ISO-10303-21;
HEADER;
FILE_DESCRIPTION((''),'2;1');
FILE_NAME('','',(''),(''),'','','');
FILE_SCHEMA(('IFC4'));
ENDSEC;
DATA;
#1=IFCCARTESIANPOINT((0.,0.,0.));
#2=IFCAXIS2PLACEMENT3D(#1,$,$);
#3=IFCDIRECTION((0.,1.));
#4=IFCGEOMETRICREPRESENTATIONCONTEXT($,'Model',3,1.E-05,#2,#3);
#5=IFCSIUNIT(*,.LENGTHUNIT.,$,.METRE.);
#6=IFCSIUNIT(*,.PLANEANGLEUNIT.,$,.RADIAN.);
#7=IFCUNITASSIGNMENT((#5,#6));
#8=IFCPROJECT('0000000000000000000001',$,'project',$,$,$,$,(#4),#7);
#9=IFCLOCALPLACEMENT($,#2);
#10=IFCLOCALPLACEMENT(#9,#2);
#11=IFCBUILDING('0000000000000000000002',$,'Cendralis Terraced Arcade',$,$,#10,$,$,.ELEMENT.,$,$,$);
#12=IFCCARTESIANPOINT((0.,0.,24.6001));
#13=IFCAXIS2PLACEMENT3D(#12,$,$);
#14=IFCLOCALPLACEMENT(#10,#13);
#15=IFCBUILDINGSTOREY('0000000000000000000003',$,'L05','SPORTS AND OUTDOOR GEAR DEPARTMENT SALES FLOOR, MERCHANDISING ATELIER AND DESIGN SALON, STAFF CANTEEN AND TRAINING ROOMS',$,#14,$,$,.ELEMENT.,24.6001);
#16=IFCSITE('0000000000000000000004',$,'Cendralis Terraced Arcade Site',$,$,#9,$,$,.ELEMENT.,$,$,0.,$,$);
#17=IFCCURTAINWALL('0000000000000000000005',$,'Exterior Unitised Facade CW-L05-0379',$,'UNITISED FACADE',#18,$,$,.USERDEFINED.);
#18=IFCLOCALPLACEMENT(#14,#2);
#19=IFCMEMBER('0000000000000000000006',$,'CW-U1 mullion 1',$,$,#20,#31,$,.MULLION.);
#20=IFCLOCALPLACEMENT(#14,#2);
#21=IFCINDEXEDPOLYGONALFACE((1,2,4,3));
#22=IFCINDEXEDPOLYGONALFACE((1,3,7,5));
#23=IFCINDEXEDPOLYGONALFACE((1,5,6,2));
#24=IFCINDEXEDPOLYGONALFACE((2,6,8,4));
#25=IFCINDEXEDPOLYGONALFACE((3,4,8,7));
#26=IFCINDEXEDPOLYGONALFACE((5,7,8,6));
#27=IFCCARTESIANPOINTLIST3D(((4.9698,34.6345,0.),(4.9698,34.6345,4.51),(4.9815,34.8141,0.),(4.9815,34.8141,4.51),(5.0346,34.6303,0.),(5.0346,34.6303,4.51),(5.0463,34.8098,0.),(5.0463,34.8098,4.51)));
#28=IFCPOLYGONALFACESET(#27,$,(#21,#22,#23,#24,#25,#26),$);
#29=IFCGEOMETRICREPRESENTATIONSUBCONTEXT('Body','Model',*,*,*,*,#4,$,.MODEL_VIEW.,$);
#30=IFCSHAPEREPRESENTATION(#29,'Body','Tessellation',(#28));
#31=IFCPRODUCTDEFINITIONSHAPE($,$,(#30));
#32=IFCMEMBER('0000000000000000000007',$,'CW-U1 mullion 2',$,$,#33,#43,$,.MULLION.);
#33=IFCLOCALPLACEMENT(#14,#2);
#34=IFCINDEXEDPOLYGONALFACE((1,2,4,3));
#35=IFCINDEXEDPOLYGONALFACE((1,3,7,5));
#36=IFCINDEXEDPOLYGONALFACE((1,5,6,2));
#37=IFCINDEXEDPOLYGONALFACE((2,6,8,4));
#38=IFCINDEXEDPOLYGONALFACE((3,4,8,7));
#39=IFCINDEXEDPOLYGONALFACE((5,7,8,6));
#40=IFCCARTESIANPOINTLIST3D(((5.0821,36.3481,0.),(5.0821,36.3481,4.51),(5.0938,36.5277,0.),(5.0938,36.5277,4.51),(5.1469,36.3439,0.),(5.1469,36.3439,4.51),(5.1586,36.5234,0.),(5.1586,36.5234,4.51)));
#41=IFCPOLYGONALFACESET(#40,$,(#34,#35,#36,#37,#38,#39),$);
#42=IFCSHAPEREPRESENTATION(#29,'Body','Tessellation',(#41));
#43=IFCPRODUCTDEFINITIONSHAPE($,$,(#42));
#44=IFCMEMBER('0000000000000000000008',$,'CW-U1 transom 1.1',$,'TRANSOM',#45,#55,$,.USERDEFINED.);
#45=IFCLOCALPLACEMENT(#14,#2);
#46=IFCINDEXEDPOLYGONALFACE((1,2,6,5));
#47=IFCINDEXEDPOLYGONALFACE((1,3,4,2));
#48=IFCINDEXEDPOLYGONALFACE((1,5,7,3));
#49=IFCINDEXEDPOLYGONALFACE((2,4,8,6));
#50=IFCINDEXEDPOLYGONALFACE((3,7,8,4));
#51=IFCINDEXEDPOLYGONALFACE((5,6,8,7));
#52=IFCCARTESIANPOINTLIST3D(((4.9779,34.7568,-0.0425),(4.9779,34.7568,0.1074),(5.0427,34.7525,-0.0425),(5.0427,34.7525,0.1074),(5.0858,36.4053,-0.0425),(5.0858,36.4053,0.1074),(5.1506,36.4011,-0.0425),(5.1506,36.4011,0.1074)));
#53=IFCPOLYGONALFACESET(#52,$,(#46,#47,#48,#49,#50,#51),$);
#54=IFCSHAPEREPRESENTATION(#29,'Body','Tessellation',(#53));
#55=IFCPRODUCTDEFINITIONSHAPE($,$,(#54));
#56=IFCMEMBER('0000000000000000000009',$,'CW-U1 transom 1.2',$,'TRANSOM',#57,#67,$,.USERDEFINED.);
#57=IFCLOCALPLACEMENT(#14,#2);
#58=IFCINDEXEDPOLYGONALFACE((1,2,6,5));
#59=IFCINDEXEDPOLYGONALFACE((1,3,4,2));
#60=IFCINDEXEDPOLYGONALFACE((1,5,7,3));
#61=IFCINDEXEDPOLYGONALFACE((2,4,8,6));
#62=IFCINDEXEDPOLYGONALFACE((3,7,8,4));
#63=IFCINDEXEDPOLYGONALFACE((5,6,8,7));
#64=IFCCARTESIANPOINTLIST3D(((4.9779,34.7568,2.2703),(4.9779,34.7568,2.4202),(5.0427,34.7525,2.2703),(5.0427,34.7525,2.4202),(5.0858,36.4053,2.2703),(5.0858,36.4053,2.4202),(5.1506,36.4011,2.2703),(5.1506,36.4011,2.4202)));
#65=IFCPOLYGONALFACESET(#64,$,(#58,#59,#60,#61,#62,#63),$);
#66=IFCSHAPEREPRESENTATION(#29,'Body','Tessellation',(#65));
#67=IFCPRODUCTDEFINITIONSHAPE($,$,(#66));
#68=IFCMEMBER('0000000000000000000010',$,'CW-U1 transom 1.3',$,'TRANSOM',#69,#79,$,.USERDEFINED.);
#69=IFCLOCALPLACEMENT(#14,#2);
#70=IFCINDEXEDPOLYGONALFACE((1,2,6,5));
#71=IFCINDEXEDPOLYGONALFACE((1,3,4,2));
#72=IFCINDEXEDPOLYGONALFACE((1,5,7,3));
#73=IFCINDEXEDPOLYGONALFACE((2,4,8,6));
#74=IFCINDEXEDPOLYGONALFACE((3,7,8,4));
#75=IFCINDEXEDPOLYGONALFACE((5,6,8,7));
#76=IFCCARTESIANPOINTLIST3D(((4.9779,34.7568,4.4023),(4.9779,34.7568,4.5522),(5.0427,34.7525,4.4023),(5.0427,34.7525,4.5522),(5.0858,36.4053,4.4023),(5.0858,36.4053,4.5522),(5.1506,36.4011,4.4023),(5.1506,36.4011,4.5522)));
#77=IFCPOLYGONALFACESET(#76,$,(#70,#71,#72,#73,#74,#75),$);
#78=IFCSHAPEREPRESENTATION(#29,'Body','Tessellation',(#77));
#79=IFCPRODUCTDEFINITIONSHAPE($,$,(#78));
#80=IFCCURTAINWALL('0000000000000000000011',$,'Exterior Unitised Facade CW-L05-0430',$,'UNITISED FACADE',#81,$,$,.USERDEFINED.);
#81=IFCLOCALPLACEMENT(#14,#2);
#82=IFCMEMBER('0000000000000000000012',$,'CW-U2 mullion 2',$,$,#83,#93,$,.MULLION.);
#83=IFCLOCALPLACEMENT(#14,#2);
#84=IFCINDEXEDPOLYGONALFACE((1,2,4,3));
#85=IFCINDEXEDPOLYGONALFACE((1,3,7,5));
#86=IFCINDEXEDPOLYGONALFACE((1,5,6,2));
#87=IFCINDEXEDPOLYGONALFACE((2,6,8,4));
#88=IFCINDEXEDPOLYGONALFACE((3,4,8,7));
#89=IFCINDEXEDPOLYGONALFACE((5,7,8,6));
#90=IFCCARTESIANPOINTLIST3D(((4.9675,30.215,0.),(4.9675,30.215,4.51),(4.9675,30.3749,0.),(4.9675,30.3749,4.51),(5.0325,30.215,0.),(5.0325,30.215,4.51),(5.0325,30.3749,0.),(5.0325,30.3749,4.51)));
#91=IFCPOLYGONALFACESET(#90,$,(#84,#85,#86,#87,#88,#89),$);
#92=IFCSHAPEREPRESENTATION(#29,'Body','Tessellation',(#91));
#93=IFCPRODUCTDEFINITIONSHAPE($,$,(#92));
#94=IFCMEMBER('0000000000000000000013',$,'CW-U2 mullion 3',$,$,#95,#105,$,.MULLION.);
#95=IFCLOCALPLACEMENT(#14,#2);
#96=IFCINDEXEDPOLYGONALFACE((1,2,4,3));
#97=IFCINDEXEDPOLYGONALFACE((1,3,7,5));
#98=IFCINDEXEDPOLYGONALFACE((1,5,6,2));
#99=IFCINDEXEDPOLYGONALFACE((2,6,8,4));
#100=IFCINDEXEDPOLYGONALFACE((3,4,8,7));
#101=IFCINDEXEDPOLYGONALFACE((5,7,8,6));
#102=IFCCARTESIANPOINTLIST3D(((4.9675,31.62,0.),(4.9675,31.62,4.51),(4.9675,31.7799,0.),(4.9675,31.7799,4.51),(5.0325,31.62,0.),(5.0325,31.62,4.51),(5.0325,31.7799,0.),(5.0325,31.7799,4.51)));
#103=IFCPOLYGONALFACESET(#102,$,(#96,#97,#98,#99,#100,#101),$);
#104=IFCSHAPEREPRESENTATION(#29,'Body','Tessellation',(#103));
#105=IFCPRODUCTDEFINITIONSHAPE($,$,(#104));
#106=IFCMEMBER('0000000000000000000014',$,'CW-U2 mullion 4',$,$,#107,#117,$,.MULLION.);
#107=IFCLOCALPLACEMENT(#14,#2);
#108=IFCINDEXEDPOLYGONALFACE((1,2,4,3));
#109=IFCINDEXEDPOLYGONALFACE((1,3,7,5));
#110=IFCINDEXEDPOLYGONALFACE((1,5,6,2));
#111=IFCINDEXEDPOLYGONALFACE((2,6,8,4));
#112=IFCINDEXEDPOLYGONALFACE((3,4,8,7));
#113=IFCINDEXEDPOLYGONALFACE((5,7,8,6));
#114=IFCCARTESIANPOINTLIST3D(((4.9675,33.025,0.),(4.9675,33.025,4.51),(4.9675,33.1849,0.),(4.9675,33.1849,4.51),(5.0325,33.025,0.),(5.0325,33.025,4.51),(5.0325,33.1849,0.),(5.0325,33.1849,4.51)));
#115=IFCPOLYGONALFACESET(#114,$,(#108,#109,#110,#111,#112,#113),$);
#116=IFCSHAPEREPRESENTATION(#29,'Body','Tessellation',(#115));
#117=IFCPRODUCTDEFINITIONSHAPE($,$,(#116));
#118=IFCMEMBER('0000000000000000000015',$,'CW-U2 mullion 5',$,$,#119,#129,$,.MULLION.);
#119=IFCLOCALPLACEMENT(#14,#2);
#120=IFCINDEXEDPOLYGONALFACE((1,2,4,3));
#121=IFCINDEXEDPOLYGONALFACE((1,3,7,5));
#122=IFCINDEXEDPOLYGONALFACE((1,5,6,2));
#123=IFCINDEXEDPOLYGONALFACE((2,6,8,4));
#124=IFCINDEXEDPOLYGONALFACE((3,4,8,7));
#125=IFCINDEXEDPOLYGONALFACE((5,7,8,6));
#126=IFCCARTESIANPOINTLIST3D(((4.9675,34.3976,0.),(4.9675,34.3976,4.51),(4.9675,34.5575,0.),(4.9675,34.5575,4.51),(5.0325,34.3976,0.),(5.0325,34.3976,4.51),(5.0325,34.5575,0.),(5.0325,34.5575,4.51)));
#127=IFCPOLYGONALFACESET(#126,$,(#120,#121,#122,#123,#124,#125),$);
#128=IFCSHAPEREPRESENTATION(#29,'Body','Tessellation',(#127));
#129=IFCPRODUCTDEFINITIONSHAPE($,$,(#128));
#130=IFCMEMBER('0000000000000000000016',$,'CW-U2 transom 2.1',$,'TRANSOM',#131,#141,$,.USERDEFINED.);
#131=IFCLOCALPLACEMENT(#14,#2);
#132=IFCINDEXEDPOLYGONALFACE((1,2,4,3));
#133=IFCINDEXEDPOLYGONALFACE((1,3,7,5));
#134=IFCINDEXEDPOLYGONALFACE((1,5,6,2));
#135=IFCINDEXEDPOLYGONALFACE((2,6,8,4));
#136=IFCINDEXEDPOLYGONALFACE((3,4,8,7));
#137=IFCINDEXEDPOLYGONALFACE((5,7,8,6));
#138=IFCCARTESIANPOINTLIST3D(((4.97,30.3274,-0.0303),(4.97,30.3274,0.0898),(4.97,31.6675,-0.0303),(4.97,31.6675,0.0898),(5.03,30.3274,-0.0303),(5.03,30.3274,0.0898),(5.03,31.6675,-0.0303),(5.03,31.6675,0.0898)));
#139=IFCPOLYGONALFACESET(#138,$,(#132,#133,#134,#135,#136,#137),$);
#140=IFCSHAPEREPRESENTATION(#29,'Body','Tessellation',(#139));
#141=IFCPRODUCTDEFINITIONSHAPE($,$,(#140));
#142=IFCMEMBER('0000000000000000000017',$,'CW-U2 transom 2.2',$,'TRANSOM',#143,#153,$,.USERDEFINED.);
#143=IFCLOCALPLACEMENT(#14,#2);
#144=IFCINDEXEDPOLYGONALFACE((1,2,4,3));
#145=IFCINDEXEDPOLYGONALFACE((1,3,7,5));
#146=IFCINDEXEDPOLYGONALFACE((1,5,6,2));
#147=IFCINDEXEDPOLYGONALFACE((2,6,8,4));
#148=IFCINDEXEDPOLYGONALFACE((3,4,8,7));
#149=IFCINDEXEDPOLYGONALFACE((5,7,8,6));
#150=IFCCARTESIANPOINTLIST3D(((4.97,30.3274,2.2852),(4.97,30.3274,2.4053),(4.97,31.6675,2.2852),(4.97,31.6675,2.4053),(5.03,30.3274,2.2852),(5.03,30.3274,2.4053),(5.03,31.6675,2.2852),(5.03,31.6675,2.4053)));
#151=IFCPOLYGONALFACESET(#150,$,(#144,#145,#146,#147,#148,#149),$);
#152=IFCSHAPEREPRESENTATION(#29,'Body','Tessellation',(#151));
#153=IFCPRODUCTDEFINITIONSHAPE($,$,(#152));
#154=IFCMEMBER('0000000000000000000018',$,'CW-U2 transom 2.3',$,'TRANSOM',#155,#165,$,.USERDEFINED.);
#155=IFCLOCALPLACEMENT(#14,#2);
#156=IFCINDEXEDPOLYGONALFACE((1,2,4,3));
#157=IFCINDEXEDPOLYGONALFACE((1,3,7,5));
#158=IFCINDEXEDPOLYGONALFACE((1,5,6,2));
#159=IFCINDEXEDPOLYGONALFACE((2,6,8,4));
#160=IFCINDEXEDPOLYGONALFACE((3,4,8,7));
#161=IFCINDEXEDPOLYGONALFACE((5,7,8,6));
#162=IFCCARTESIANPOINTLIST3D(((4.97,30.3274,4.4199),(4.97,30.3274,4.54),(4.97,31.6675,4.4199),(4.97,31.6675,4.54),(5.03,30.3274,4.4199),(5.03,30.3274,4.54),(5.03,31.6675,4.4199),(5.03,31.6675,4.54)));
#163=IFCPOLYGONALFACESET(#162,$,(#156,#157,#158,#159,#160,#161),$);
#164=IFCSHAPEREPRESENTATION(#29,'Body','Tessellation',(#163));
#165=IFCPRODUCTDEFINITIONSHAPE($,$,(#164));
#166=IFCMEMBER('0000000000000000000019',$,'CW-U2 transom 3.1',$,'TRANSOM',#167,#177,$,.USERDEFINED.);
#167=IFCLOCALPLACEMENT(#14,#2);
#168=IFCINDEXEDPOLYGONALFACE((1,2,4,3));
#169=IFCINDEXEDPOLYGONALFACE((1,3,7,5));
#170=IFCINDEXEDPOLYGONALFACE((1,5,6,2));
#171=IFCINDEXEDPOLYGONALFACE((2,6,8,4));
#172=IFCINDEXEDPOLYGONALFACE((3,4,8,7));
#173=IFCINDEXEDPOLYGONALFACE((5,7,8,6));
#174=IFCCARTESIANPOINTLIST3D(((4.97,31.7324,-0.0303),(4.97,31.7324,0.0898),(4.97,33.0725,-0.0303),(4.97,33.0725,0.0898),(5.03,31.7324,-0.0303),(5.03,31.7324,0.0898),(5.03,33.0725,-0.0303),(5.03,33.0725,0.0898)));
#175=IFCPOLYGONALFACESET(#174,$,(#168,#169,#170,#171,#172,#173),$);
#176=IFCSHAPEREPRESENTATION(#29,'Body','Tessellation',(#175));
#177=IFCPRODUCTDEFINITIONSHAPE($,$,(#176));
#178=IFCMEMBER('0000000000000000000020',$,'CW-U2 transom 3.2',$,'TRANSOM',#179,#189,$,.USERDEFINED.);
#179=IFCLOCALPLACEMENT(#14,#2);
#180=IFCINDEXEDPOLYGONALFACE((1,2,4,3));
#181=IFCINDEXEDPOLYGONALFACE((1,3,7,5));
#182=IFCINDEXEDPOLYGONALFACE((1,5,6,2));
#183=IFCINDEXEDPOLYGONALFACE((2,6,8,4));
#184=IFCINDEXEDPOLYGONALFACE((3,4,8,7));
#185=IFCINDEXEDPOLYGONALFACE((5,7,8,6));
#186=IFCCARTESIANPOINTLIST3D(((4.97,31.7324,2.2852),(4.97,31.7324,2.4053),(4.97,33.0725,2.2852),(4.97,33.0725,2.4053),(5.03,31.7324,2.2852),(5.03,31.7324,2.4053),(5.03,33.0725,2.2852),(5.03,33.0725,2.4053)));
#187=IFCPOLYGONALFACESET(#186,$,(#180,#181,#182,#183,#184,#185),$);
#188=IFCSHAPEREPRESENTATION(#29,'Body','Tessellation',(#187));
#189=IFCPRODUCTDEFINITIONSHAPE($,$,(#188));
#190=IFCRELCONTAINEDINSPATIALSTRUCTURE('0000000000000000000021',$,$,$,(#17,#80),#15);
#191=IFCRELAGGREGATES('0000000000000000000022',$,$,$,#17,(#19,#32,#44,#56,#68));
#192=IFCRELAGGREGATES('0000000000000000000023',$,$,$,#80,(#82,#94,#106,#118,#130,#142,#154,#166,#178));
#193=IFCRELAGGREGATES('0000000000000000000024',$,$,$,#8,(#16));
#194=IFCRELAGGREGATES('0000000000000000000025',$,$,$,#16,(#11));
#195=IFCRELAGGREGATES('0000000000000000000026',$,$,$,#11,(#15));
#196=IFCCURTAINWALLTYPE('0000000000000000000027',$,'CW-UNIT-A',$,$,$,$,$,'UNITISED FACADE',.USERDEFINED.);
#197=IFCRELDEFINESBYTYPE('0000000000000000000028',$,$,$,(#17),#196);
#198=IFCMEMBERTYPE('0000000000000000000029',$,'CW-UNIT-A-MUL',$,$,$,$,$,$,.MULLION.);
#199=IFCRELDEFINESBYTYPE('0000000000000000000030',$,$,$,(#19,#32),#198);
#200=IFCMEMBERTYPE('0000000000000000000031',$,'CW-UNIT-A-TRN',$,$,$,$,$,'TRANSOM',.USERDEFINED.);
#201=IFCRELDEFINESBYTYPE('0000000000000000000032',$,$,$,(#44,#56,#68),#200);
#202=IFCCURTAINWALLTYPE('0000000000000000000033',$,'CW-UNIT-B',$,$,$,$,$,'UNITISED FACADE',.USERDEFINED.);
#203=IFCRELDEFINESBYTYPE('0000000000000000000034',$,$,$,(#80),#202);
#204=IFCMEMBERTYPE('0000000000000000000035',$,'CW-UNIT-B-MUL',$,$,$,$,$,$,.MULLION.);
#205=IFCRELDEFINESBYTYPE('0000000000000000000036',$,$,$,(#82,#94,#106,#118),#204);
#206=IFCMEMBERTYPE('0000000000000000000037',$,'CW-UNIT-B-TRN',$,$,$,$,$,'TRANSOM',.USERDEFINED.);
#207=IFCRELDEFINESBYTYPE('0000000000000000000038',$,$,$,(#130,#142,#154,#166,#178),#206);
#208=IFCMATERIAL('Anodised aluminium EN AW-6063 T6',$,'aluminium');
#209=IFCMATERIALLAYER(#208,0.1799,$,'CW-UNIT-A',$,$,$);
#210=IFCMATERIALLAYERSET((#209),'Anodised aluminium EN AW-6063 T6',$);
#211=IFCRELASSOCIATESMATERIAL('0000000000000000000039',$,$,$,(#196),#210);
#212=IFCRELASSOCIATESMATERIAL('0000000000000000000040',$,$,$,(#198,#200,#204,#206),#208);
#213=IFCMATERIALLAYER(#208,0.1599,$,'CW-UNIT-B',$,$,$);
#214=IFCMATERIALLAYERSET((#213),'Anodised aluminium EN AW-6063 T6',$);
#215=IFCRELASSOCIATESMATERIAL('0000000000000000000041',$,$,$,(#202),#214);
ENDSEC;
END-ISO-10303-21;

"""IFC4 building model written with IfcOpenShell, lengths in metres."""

from ifc_helpers import new_model, si_unit, direction, frame, origin, origin_2d, place, context, subcontext, project, spatial, rectangle, extrude, material, layer, layer_set, material_profile, profile_set, type_object, element, aggregate, save


model = new_model("IFC4")

# Units and contexts
model_context = context("Model", 3, precision=1e-05, world=origin(), true_north=direction((0.0, 1.0)))
body_context = subcontext(model_context, "Body", "Model", "MODEL_VIEW")
ifc_project = project(units=[si_unit("LENGTHUNIT", "METRE"), si_unit("PLANEANGLEUNIT", "RADIAN")], contexts=[model_context])

# Site, building, storey
site_placement = place(None, origin())
site = spatial("IfcSite", under=ifc_project, at=site_placement, Name="Cendralis Terraced Arcade Site", CompositionType="ELEMENT", RefElevation=0.0)
building_placement = place(site_placement, origin())
building = spatial("IfcBuilding", under=site, at=building_placement, Name="Cendralis Terraced Arcade", CompositionType="ELEMENT")
storey_placement = place(building_placement, frame((0.0, 0.0, 24.6001)))
storey = spatial("IfcBuildingStorey", under=building, at=storey_placement, Name="L05", Description="SPORTS AND OUTDOOR GEAR DEPARTMENT SALES FLOOR, MERCHANDISING ATELIER AND DESIGN SALON, STAFF CANTEEN AND TRAINING ROOMS", CompositionType="ELEMENT", Elevation=24.6001)

# Curtain walls, members
ifc_material_1 = material(Name="Anodised aluminium EN AW-6063 T6", Category="aluminium")
ifc_layer_1 = layer(ifc_material_1, 0.1799, Name="CW-UNIT-A")
ifc_layer_set_1 = layer_set([ifc_layer_1], Name="Anodised aluminium EN AW-6063 T6")
curtain_wall_type_1 = type_object("IfcCurtainWallType", Name="CW-UNIT-A", ElementType="UNITISED FACADE", PredefinedType="USERDEFINED", material=ifc_layer_set_1)
curtain_wall_1_placement = place(storey_placement, origin())
curtain_wall_1 = element("IfcCurtainWall", 1, at=curtain_wall_1_placement, inside=storey, type_object=curtain_wall_type_1, Name="Exterior Unitised Facade CW-L05-0379", ObjectType="UNITISED FACADE", PredefinedType="USERDEFINED")
ifc_material_profile_1 = material_profile(ifc_material_1, rectangle(XDim=0.0649, YDim=0.1799, at=origin_2d()), Name="ALU-MUL-65x180")
ifc_profile_set_1 = profile_set([ifc_material_profile_1], Name="Anodised aluminium EN AW-6063 T6")
member_type_1 = type_object("IfcMemberType", Name="CW-UNIT-A-MUL", PredefinedType="MULLION", material=ifc_profile_set_1)
member_1_placement = place(storey_placement, frame((5.0081, 34.7222, 0.0), z_axis=(0.0, 0.0, 1.0), x_axis=(-0.997861, 0.065372, 0.0)))
member_1 = element("IfcMember", 2, at=member_1_placement, type_object=member_type_1, Name="CW-U1 mullion 1", PredefinedType="MULLION", context=body_context, shape_type="SweptSolid", body=[
    extrude(rectangle(XDim=0.0649, YDim=0.1799, at=origin_2d()), origin(), (0.0, 0.0, 1.0), 4.51),
])
member_2_placement = place(storey_placement, frame((5.1204, 36.4358, 0.0), z_axis=(0.0, 0.0, 1.0), x_axis=(-0.997861, 0.065372, 0.0)))
member_2 = element("IfcMember", 3, at=member_2_placement, type_object=member_type_1, Name="CW-U1 mullion 2", PredefinedType="MULLION", context=body_context, shape_type="SweptSolid", body=[
    extrude(rectangle(XDim=0.0649, YDim=0.1799, at=origin_2d()), origin(), (0.0, 0.0, 1.0), 4.51),
])
ifc_material_profile_2 = material_profile(ifc_material_1, rectangle(XDim=0.0649, YDim=0.1499, at=origin_2d()), Name="ALU-TRN-65x150")
ifc_profile_set_2 = profile_set([ifc_material_profile_2], Name="Anodised aluminium EN AW-6063 T6")
member_type_2 = type_object("IfcMemberType", Name="CW-UNIT-A-TRN", ElementType="TRANSOM", PredefinedType="USERDEFINED", material=ifc_profile_set_2)
member_3_placement = place(storey_placement, frame((5.0103, 34.7546, 0.0325), z_axis=(0.065313, 0.997865, 0.0), x_axis=(-0.997865, 0.065313, 0.0)))
member_3 = element("IfcMember", 4, at=member_3_placement, type_object=member_type_2, Name="CW-U1 transom 1.1", ObjectType="TRANSOM", PredefinedType="USERDEFINED", context=body_context, shape_type="SweptSolid", body=[
    extrude(rectangle(XDim=0.0649, YDim=0.1499, at=origin_2d()), origin(), (0.0, 0.0, 1.0), 1.6521),
])
member_4_placement = place(storey_placement, frame((5.0103, 34.7546, 2.3452), z_axis=(0.065313, 0.997865, 0.0), x_axis=(-0.997865, 0.065313, 0.0)))
member_4 = element("IfcMember", 5, at=member_4_placement, type_object=member_type_2, Name="CW-U1 transom 1.2", ObjectType="TRANSOM", PredefinedType="USERDEFINED", context=body_context, shape_type="SweptSolid", body=[
    extrude(rectangle(XDim=0.0649, YDim=0.1499, at=origin_2d()), origin(), (0.0, 0.0, 1.0), 1.6521),
])
member_5_placement = place(storey_placement, frame((5.0103, 34.7546, 4.4773), z_axis=(0.065313, 0.997865, 0.0), x_axis=(-0.997865, 0.065313, 0.0)))
member_5 = element("IfcMember", 6, at=member_5_placement, type_object=member_type_2, Name="CW-U1 transom 1.3", ObjectType="TRANSOM", PredefinedType="USERDEFINED", context=body_context, shape_type="SweptSolid", body=[
    extrude(rectangle(XDim=0.0649, YDim=0.1499, at=origin_2d()), origin(), (0.0, 0.0, 1.0), 1.6521),
])
ifc_layer_2 = layer(ifc_material_1, 0.1599, Name="CW-UNIT-B")
ifc_layer_set_2 = layer_set([ifc_layer_2], Name="Anodised aluminium EN AW-6063 T6")
curtain_wall_type_2 = type_object("IfcCurtainWallType", Name="CW-UNIT-B", ElementType="UNITISED FACADE", PredefinedType="USERDEFINED", material=ifc_layer_set_2)
curtain_wall_2_placement = place(storey_placement, origin())
curtain_wall_2 = element("IfcCurtainWall", 7, at=curtain_wall_2_placement, inside=storey, type_object=curtain_wall_type_2, Name="Exterior Unitised Facade CW-L05-0430", ObjectType="UNITISED FACADE", PredefinedType="USERDEFINED")
ifc_material_profile_3 = material_profile(ifc_material_1, rectangle(XDim=0.0649, YDim=0.1599, at=origin_2d()), Name="ALU-MUL-65x160")
ifc_profile_set_3 = profile_set([ifc_material_profile_3], Name="Anodised aluminium EN AW-6063 T6")
member_type_3 = type_object("IfcMemberType", Name="CW-UNIT-B-MUL", PredefinedType="MULLION", material=ifc_profile_set_3)
member_6_placement = place(storey_placement, frame((5.0, 30.2949, 0.0), z_axis=(0.0, 0.0, 1.0), x_axis=(-1.0, 0.0, 0.0)))
member_6 = element("IfcMember", 8, at=member_6_placement, type_object=member_type_3, Name="CW-U2 mullion 2", PredefinedType="MULLION", context=body_context, shape_type="SweptSolid", body=[
    extrude(rectangle(XDim=0.0649, YDim=0.1599, at=origin_2d()), origin(), (0.0, 0.0, 1.0), 4.51),
])
member_7_placement = place(storey_placement, frame((5.0, 31.7, 0.0), z_axis=(0.0, 0.0, 1.0), x_axis=(-1.0, 0.0, 0.0)))
member_7 = element("IfcMember", 9, at=member_7_placement, type_object=member_type_3, Name="CW-U2 mullion 3", PredefinedType="MULLION", context=body_context, shape_type="SweptSolid", body=[
    extrude(rectangle(XDim=0.0649, YDim=0.1599, at=origin_2d()), origin(), (0.0, 0.0, 1.0), 4.51),
])
member_8_placement = place(storey_placement, frame((5.0, 33.105, 0.0), z_axis=(0.0, 0.0, 1.0), x_axis=(-1.0, 0.0, 0.0)))
member_8 = element("IfcMember", 10, at=member_8_placement, type_object=member_type_3, Name="CW-U2 mullion 4", PredefinedType="MULLION", context=body_context, shape_type="SweptSolid", body=[
    extrude(rectangle(XDim=0.0649, YDim=0.1599, at=origin_2d()), origin(), (0.0, 0.0, 1.0), 4.51),
])
member_9_placement = place(storey_placement, frame((5.0, 34.4775, 0.0), z_axis=(0.0, 0.0, 1.0), x_axis=(-1.0, 0.0, 0.0)))
member_9 = element("IfcMember", 11, at=member_9_placement, type_object=member_type_3, Name="CW-U2 mullion 5", PredefinedType="MULLION", context=body_context, shape_type="SweptSolid", body=[
    extrude(rectangle(XDim=0.0649, YDim=0.1599, at=origin_2d()), origin(), (0.0, 0.0, 1.0), 4.51),
])
ifc_material_profile_4 = material_profile(ifc_material_1, rectangle(XDim=0.0601, YDim=0.1201, at=origin_2d()), Name="ALU-TRN-60x120")
ifc_profile_set_4 = profile_set([ifc_material_profile_4], Name="Anodised aluminium EN AW-6063 T6")
member_type_4 = type_object("IfcMemberType", Name="CW-UNIT-B-TRN", ElementType="TRANSOM", PredefinedType="USERDEFINED", material=ifc_profile_set_4)
member_10_placement = place(storey_placement, frame((5.0, 30.3274, 0.0298), z_axis=(0.0, 1.0, 0.0), x_axis=(-1.0, 0.0, 0.0)))
member_10 = element("IfcMember", 12, at=member_10_placement, type_object=member_type_4, Name="CW-U2 transom 2.1", ObjectType="TRANSOM", PredefinedType="USERDEFINED", context=body_context, shape_type="SweptSolid", body=[
    extrude(rectangle(XDim=0.0601, YDim=0.1201, at=origin_2d()), origin(), (0.0, 0.0, 1.0), 1.3401),
])
member_11_placement = place(storey_placement, frame((5.0, 30.3274, 2.3452), z_axis=(0.0, 1.0, 0.0), x_axis=(-1.0, 0.0, 0.0)))
member_11 = element("IfcMember", 13, at=member_11_placement, type_object=member_type_4, Name="CW-U2 transom 2.2", ObjectType="TRANSOM", PredefinedType="USERDEFINED", context=body_context, shape_type="SweptSolid", body=[
    extrude(rectangle(XDim=0.0601, YDim=0.1201, at=origin_2d()), origin(), (0.0, 0.0, 1.0), 1.3401),
])
member_12_placement = place(storey_placement, frame((5.0, 30.3274, 4.48), z_axis=(0.0, 1.0, 0.0), x_axis=(-1.0, 0.0, 0.0)))
member_12 = element("IfcMember", 14, at=member_12_placement, type_object=member_type_4, Name="CW-U2 transom 2.3", ObjectType="TRANSOM", PredefinedType="USERDEFINED", context=body_context, shape_type="SweptSolid", body=[
    extrude(rectangle(XDim=0.0601, YDim=0.1201, at=origin_2d()), origin(), (0.0, 0.0, 1.0), 1.3401),
])
member_13_placement = place(storey_placement, frame((5.0, 31.7324, 0.0298), z_axis=(0.0, 1.0, 0.0), x_axis=(-1.0, 0.0, 0.0)))
member_13 = element("IfcMember", 15, at=member_13_placement, type_object=member_type_4, Name="CW-U2 transom 3.1", ObjectType="TRANSOM", PredefinedType="USERDEFINED", context=body_context, shape_type="SweptSolid", body=[
    extrude(rectangle(XDim=0.0601, YDim=0.1201, at=origin_2d()), origin(), (0.0, 0.0, 1.0), 1.3401),
])
member_14_placement = place(storey_placement, frame((5.0, 31.7324, 2.3452), z_axis=(0.0, 1.0, 0.0), x_axis=(-1.0, 0.0, 0.0)))
member_14 = element("IfcMember", 16, at=member_14_placement, type_object=member_type_4, Name="CW-U2 transom 3.2", ObjectType="TRANSOM", PredefinedType="USERDEFINED", context=body_context, shape_type="SweptSolid", body=[
    extrude(rectangle(XDim=0.0601, YDim=0.1201, at=origin_2d()), origin(), (0.0, 0.0, 1.0), 1.3401),
])

aggregate(curtain_wall_1, [member_1, member_2, member_3, member_4, member_5])
aggregate(curtain_wall_2, [member_6, member_7, member_8, member_9, member_10, member_11, member_12, member_13, member_14])

save(model, "model.ifc")
